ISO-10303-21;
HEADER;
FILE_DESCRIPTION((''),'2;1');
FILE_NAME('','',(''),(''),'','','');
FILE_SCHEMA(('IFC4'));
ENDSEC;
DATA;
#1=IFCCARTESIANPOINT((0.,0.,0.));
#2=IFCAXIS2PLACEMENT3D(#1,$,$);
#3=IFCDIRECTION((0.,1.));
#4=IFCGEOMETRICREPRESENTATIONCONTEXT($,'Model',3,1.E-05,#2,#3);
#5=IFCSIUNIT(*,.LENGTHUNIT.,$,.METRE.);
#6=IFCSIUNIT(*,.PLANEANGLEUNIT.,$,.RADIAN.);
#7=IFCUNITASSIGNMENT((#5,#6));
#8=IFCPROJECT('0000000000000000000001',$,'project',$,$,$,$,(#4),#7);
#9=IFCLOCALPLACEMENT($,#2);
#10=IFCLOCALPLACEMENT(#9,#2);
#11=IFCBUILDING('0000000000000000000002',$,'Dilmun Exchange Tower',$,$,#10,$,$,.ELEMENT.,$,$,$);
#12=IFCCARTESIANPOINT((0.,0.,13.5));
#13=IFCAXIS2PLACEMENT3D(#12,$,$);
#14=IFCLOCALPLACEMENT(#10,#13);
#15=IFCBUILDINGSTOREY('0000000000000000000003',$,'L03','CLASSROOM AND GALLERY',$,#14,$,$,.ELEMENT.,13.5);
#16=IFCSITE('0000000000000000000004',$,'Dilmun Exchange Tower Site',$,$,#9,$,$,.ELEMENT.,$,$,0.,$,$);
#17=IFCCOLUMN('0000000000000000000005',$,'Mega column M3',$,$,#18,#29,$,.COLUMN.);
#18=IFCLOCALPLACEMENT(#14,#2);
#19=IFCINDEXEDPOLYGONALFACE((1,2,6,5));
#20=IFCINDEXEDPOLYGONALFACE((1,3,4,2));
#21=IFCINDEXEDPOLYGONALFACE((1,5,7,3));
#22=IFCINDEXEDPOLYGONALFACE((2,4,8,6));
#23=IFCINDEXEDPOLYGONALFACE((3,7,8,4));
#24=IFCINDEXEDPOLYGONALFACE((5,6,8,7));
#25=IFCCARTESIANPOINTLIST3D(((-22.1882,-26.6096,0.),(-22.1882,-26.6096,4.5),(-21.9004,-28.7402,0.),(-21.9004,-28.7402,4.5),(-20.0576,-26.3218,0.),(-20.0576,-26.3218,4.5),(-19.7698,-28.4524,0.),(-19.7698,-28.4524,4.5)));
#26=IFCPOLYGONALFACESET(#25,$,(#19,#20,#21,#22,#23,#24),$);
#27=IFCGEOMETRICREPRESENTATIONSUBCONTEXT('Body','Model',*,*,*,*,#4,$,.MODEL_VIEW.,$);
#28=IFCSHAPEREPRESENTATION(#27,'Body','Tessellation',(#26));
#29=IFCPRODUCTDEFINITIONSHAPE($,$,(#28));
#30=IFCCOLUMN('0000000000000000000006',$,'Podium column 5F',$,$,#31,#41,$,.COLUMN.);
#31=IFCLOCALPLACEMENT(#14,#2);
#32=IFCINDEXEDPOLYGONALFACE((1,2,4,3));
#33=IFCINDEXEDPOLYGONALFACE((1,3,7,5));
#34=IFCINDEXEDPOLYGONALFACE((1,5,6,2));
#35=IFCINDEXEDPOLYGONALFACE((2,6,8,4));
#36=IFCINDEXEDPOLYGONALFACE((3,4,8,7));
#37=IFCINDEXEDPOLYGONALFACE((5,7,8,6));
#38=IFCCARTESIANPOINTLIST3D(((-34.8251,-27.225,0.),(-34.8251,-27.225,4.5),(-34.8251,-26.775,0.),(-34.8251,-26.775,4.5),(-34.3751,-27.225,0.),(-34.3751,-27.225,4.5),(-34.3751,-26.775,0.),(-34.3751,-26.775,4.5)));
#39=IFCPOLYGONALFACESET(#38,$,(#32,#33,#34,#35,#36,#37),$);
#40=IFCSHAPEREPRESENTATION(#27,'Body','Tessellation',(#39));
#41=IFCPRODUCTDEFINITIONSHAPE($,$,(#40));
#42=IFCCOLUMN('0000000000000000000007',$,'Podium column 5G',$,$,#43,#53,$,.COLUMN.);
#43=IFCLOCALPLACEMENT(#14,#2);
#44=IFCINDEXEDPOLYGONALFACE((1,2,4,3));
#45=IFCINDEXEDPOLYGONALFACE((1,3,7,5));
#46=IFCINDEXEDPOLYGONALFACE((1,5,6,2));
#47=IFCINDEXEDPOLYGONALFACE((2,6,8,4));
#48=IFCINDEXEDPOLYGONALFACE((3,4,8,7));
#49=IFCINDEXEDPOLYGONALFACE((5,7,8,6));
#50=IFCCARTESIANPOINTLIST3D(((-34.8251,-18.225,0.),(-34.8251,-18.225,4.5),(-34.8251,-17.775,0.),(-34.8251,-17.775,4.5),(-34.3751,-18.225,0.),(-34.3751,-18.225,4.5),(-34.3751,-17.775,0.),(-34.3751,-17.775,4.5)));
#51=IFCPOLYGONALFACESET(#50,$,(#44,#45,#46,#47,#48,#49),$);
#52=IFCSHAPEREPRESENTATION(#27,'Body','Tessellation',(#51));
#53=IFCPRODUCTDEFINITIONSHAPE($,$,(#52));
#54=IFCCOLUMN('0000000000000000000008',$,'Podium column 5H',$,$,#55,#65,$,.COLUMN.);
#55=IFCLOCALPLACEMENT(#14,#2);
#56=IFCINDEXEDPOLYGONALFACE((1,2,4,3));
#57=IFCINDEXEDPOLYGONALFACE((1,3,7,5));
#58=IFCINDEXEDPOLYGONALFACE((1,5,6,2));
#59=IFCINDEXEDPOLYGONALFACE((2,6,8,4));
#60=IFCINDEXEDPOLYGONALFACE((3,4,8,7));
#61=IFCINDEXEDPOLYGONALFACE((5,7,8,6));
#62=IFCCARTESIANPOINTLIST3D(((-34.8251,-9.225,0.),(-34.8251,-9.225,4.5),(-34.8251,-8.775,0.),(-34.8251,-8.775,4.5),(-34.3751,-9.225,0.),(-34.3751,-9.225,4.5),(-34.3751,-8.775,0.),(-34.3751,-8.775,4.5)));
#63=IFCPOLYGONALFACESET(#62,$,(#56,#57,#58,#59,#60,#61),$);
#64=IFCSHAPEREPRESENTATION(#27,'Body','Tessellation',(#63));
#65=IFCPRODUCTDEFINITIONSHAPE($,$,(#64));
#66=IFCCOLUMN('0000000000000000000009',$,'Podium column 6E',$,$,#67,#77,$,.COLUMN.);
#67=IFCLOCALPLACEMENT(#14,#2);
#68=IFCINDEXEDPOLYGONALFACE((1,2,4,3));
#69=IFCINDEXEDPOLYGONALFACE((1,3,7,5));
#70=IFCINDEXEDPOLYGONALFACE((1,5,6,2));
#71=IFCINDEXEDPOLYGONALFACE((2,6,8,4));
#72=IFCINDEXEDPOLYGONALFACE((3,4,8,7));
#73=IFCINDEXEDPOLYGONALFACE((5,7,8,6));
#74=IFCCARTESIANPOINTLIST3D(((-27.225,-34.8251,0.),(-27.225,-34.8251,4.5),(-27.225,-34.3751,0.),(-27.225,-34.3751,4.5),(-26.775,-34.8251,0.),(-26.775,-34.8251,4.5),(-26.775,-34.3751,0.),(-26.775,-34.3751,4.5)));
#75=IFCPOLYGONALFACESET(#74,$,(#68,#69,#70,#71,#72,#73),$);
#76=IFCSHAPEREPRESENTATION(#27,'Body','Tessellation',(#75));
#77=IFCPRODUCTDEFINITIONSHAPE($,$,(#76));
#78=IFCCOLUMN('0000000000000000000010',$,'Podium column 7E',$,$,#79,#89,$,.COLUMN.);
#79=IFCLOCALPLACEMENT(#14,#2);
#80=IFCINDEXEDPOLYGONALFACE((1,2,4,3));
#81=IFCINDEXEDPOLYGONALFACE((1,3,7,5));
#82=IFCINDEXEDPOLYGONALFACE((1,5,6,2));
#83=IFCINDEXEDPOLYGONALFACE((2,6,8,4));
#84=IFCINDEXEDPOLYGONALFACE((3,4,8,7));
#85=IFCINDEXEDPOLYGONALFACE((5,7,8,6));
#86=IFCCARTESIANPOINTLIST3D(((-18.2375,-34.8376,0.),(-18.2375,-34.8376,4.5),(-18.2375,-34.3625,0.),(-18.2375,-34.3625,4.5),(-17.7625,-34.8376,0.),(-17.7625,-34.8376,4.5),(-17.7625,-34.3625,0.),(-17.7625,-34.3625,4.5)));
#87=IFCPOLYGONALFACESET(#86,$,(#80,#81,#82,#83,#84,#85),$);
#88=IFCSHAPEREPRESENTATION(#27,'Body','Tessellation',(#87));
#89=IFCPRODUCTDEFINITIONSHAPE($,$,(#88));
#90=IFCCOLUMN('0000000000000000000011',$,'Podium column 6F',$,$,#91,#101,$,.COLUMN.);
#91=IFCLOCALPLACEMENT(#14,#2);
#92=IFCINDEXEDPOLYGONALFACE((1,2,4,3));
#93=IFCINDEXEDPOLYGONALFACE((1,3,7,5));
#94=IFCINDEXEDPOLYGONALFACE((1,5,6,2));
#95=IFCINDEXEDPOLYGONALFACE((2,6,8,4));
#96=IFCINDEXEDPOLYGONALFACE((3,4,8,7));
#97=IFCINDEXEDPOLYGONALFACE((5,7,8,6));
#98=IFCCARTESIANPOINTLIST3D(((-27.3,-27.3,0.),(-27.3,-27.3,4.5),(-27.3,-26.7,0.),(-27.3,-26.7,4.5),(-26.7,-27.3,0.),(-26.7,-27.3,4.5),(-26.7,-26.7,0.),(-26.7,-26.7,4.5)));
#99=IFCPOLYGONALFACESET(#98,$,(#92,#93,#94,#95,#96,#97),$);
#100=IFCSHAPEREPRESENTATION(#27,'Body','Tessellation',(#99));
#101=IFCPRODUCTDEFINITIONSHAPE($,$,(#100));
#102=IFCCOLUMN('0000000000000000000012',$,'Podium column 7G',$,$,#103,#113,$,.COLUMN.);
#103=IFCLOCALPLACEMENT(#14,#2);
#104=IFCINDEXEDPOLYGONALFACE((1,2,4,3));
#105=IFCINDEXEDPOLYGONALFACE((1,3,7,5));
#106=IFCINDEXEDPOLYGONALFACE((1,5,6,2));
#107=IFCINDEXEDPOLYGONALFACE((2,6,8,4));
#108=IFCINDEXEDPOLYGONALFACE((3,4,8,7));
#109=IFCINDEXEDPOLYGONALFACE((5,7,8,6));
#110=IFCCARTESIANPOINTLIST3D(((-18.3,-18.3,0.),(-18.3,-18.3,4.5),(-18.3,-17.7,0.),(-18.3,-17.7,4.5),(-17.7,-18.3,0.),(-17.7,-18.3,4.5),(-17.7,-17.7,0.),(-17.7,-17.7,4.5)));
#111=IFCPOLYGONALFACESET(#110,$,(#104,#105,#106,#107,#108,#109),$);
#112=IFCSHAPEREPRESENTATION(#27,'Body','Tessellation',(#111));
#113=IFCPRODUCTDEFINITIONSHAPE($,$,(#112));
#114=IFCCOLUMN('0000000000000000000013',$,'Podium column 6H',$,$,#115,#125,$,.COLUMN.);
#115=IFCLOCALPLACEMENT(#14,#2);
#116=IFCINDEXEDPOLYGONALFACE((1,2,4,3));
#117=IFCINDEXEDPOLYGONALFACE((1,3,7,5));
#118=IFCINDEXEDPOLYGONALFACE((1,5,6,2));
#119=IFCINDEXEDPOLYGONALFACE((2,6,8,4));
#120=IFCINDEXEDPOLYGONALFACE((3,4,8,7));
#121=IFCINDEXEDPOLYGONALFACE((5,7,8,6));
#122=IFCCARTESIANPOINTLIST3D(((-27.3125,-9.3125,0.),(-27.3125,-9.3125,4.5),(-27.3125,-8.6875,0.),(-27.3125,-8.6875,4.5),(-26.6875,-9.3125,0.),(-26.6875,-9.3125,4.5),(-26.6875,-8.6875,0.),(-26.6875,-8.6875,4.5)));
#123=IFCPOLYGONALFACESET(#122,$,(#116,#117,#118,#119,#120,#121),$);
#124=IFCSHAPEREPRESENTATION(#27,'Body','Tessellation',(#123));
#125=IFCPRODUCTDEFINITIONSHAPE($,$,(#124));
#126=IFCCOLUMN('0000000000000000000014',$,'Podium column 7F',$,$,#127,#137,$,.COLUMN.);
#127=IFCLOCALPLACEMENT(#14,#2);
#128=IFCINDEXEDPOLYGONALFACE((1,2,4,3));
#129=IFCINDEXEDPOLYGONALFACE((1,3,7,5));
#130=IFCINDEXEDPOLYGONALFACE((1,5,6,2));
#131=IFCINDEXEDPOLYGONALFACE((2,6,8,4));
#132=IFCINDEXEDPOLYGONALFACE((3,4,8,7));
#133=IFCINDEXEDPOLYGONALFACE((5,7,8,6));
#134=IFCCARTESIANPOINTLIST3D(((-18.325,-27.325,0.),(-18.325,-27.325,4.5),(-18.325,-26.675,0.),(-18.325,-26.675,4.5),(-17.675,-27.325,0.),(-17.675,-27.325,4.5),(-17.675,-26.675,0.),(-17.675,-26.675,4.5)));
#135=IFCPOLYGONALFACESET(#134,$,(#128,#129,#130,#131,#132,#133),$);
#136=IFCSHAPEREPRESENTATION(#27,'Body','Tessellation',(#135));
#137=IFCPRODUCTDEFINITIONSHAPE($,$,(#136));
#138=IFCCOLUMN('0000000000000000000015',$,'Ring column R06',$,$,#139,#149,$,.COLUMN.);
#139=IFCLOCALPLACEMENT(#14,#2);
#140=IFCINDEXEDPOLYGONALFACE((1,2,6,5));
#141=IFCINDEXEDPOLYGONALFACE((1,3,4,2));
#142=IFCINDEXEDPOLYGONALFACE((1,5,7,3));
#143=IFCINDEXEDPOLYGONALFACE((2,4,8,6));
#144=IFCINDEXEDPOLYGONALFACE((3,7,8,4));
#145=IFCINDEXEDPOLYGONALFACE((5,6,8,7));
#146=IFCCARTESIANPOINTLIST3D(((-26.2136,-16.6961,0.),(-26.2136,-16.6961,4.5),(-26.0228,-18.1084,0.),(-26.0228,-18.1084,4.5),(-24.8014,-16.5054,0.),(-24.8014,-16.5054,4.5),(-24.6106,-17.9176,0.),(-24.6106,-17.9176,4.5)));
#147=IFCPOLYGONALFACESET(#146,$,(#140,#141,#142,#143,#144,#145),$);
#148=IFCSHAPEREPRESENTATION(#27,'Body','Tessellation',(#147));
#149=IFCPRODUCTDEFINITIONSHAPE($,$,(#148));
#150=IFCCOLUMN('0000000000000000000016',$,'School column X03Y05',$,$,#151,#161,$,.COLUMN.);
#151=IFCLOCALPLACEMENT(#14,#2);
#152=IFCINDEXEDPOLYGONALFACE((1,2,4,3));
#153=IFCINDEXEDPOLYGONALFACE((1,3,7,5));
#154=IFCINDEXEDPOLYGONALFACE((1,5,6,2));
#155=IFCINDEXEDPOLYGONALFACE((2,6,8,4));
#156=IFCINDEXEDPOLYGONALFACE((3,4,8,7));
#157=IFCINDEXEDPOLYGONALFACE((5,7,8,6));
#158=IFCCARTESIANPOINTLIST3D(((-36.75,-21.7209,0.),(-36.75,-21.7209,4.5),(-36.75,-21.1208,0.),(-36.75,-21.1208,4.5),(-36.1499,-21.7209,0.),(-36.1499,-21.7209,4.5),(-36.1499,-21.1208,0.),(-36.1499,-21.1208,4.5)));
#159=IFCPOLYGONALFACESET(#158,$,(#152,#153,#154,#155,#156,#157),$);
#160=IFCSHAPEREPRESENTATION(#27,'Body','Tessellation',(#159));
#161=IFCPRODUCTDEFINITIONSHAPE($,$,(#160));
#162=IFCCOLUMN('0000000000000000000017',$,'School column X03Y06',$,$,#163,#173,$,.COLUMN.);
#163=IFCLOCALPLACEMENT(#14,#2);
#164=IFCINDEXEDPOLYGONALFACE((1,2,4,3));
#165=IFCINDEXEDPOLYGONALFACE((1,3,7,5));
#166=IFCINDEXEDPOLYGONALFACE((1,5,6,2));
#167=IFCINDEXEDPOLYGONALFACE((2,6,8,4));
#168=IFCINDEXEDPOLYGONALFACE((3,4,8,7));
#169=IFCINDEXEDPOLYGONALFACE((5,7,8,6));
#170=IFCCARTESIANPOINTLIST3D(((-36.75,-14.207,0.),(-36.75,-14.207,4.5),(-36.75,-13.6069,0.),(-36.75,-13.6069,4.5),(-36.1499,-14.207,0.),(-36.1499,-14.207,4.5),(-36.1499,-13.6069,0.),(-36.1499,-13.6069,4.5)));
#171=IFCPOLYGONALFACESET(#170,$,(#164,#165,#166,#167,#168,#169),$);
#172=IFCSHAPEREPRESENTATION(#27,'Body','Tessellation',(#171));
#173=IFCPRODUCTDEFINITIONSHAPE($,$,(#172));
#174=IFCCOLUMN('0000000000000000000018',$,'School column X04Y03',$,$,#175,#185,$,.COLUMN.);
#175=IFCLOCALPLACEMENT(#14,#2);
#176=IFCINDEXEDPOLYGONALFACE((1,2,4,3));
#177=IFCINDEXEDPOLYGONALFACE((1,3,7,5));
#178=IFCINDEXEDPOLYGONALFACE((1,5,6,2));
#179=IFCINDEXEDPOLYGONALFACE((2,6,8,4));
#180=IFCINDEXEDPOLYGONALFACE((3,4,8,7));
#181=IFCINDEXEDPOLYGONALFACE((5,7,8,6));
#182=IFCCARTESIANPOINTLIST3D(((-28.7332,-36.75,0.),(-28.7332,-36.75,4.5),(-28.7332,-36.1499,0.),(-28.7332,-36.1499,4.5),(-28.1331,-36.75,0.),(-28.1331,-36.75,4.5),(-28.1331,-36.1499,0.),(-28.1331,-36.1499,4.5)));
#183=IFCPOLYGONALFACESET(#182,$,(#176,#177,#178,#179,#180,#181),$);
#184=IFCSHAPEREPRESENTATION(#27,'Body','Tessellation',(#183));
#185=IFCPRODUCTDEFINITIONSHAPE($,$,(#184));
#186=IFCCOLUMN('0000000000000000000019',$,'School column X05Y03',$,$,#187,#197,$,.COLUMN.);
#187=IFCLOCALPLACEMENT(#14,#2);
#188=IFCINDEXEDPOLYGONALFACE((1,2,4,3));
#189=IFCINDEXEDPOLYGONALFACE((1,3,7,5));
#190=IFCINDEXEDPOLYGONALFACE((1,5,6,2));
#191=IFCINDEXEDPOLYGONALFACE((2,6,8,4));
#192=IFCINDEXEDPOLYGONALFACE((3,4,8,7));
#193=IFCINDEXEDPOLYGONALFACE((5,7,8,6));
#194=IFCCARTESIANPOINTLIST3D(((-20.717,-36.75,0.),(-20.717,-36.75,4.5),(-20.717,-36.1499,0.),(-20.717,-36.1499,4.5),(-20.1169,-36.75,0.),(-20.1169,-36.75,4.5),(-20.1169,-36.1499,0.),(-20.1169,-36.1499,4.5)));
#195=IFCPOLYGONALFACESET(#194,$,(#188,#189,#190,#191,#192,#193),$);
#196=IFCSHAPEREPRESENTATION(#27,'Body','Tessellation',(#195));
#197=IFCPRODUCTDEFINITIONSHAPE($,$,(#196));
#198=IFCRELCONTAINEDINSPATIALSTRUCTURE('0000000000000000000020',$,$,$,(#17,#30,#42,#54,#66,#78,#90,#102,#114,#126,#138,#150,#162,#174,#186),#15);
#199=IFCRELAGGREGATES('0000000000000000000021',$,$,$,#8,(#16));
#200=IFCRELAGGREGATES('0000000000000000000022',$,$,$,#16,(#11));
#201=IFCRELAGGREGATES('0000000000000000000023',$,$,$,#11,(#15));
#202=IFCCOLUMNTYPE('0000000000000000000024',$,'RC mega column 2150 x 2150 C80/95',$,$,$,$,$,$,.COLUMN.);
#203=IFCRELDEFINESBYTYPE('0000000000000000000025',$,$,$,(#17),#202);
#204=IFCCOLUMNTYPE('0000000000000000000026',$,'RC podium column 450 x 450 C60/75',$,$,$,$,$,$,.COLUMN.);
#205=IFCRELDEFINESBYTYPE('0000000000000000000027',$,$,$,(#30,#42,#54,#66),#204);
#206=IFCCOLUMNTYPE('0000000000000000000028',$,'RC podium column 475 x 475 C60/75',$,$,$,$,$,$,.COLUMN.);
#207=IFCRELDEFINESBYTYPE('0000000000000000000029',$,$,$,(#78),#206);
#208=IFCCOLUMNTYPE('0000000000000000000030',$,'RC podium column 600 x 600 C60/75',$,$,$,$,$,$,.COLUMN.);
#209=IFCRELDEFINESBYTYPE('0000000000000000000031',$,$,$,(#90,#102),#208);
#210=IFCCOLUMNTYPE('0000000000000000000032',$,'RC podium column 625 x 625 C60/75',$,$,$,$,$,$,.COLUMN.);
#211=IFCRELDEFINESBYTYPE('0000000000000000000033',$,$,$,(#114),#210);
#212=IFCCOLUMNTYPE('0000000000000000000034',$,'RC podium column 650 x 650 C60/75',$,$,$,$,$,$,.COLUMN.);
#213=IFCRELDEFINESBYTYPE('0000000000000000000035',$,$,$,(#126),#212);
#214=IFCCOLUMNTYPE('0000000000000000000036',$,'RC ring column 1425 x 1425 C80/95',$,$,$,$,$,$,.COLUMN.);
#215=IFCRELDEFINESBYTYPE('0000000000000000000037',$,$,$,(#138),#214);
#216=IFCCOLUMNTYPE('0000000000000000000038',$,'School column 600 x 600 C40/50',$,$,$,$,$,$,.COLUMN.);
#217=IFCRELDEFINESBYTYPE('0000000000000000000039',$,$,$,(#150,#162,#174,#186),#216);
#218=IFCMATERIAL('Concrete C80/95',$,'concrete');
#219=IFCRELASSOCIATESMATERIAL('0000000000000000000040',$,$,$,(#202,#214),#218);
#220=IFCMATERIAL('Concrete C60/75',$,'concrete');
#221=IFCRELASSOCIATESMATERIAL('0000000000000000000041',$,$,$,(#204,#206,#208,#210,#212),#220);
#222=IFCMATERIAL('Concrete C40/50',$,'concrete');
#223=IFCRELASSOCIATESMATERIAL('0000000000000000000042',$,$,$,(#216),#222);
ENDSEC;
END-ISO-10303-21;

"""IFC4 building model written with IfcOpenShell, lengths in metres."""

from ifc_helpers import new_model, si_unit, direction, frame, origin, origin_2d, place, context, subcontext, project, spatial, rectangle, extrude, material, material_profile, profile_set, type_object, element, save


model = new_model("IFC4")

# Units and contexts
model_context = context("Model", 3, precision=1e-05, world=origin(), true_north=direction((0.0, 1.0)))
body_context = subcontext(model_context, "Body", "Model", "MODEL_VIEW")
ifc_project = project(units=[si_unit("LENGTHUNIT", "METRE"), si_unit("PLANEANGLEUNIT", "RADIAN")], contexts=[model_context])

# Site, building, storey
site_placement = place(None, origin())
site = spatial("IfcSite", under=ifc_project, at=site_placement, Name="Dilmun Exchange Tower Site", CompositionType="ELEMENT", RefElevation=0.0)
building_placement = place(site_placement, origin())
building = spatial("IfcBuilding", under=site, at=building_placement, Name="Dilmun Exchange Tower", CompositionType="ELEMENT")
storey_placement = place(building_placement, frame((0.0, 0.0, 13.5)))
storey = spatial("IfcBuildingStorey", under=building, at=storey_placement, Name="L03", Description="CLASSROOM AND GALLERY", CompositionType="ELEMENT", Elevation=13.5)

# Columns
ifc_material_1 = material(Name="Concrete C80/95", Category="concrete")
ifc_material_profile_1 = material_profile(ifc_material_1, rectangle(XDim=2.1499, YDim=2.1499, at=origin_2d()), Name="2150 x 2150")
ifc_profile_set_1 = profile_set([ifc_material_profile_1], Name="Concrete C80/95")
column_type_1 = type_object("IfcColumnType", Name="RC mega column 2150 x 2150 C80/95", PredefinedType="COLUMN", material=ifc_profile_set_1)
column_1_placement = place(storey_placement, frame((-20.979, -27.531, 0.0), z_axis=(0.0, 0.0, 1.0), x_axis=(0.991001, 0.133853, 0.0)))
element("IfcColumn", 1, at=column_1_placement, inside=storey, type_object=column_type_1, Name="Mega column M3", PredefinedType="COLUMN", context=body_context, shape_type="SweptSolid", body=[
    extrude(rectangle(XDim=2.1499, YDim=2.1499, at=origin_2d()), origin(), (0.0, 0.0, 1.0), 4.5),
])
ifc_material_2 = material(Name="Concrete C60/75", Category="concrete")
ifc_material_profile_2 = material_profile(ifc_material_2, rectangle(XDim=0.45, YDim=0.45, at=origin_2d()), Name="450 x 450")
ifc_profile_set_2 = profile_set([ifc_material_profile_2], Name="Concrete C60/75")
column_type_2 = type_object("IfcColumnType", Name="RC podium column 450 x 450 C60/75", PredefinedType="COLUMN", material=ifc_profile_set_2)
for number, where, z_axis, x_axis, name in (
    (2, (-34.6001, -27.0, 0.0), (0.0, 0.0, 1.0), (1.0, 0.0, 0.0), "Podium column 5F"),
    (3, (-34.6001, -18.0, 0.0), (0.0, 0.0, 1.0), (1.0, 0.0, 0.0), "Podium column 5G"),
    (4, (-34.6001, -9.0, 0.0), (0.0, 0.0, 1.0), (1.0, 0.0, 0.0), "Podium column 5H"),
    (5, (-27.0, -34.6001, 0.0), (0.0, 0.0, 1.0), (1.0, 0.0, 0.0), "Podium column 6E"),
):
    element("IfcColumn", number, at=place(storey_placement, frame(where, z_axis=z_axis, x_axis=x_axis)), inside=storey, type_object=column_type_2, Name=name, PredefinedType="COLUMN", context=body_context, shape_type="SweptSolid", body=[
        extrude(rectangle(XDim=0.45, YDim=0.45, at=origin_2d()), origin(), (0.0, 0.0, 1.0), 4.5),
    ])
ifc_material_profile_3 = material_profile(ifc_material_2, rectangle(XDim=0.4751, YDim=0.4751, at=origin_2d()), Name="475 x 475")
ifc_profile_set_3 = profile_set([ifc_material_profile_3], Name="Concrete C60/75")
column_type_3 = type_object("IfcColumnType", Name="RC podium column 475 x 475 C60/75", PredefinedType="COLUMN", material=ifc_profile_set_3)
column_2_placement = place(storey_placement, frame((-18.0, -34.6001, 0.0), z_axis=(0.0, 0.0, 1.0), x_axis=(1.0, 0.0, 0.0)))
element("IfcColumn", 6, at=column_2_placement, inside=storey, type_object=column_type_3, Name="Podium column 7E", PredefinedType="COLUMN", context=body_context, shape_type="SweptSolid", body=[
    extrude(rectangle(XDim=0.4751, YDim=0.4751, at=origin_2d()), origin(), (0.0, 0.0, 1.0), 4.5),
])
ifc_material_profile_4 = material_profile(ifc_material_2, rectangle(XDim=0.6001, YDim=0.6001, at=origin_2d()), Name="600 x 600")
ifc_profile_set_4 = profile_set([ifc_material_profile_4], Name="Concrete C60/75")
column_type_4 = type_object("IfcColumnType", Name="RC podium column 600 x 600 C60/75", PredefinedType="COLUMN", material=ifc_profile_set_4)
for number, where, z_axis, x_axis, name in (
    (7, (-27.0, -27.0, 0.0), (0.0, 0.0, 1.0), (1.0, 0.0, 0.0), "Podium column 6F"),
    (8, (-18.0, -18.0, 0.0), (0.0, 0.0, 1.0), (1.0, 0.0, 0.0), "Podium column 7G"),
):
    element("IfcColumn", number, at=place(storey_placement, frame(where, z_axis=z_axis, x_axis=x_axis)), inside=storey, type_object=column_type_4, Name=name, PredefinedType="COLUMN", context=body_context, shape_type="SweptSolid", body=[
        extrude(rectangle(XDim=0.6001, YDim=0.6001, at=origin_2d()), origin(), (0.0, 0.0, 1.0), 4.5),
    ])
ifc_material_profile_5 = material_profile(ifc_material_2, rectangle(XDim=0.625, YDim=0.625, at=origin_2d()), Name="625 x 625")
ifc_profile_set_5 = profile_set([ifc_material_profile_5], Name="Concrete C60/75")
column_type_5 = type_object("IfcColumnType", Name="RC podium column 625 x 625 C60/75", PredefinedType="COLUMN", material=ifc_profile_set_5)
column_3_placement = place(storey_placement, frame((-27.0, -9.0, 0.0), z_axis=(0.0, 0.0, 1.0), x_axis=(1.0, 0.0, 0.0)))
element("IfcColumn", 9, at=column_3_placement, inside=storey, type_object=column_type_5, Name="Podium column 6H", PredefinedType="COLUMN", context=body_context, shape_type="SweptSolid", body=[
    extrude(rectangle(XDim=0.625, YDim=0.625, at=origin_2d()), origin(), (0.0, 0.0, 1.0), 4.5),
])
ifc_material_profile_6 = material_profile(ifc_material_2, rectangle(XDim=0.6499, YDim=0.6499, at=origin_2d()), Name="650 x 650")
ifc_profile_set_6 = profile_set([ifc_material_profile_6], Name="Concrete C60/75")
column_type_6 = type_object("IfcColumnType", Name="RC podium column 650 x 650 C60/75", PredefinedType="COLUMN", material=ifc_profile_set_6)
column_4_placement = place(storey_placement, frame((-18.0, -27.0, 0.0), z_axis=(0.0, 0.0, 1.0), x_axis=(1.0, 0.0, 0.0)))
element("IfcColumn", 10, at=column_4_placement, inside=storey, type_object=column_type_6, Name="Podium column 7F", PredefinedType="COLUMN", context=body_context, shape_type="SweptSolid", body=[
    extrude(rectangle(XDim=0.6499, YDim=0.6499, at=origin_2d()), origin(), (0.0, 0.0, 1.0), 4.5),
])
ifc_material_profile_7 = material_profile(ifc_material_1, rectangle(XDim=1.425, YDim=1.425, at=origin_2d()), Name="1425 x 1425")
ifc_profile_set_7 = profile_set([ifc_material_profile_7], Name="Concrete C80/95")
column_type_7 = type_object("IfcColumnType", Name="RC ring column 1425 x 1425 C80/95", PredefinedType="COLUMN", material=ifc_profile_set_7)
column_5_placement = place(storey_placement, frame((-25.4121, -17.3069, 0.0), z_axis=(0.0, 0.0, 1.0), x_axis=(0.991001, 0.133853, 0.0)))
element("IfcColumn", 11, at=column_5_placement, inside=storey, type_object=column_type_7, Name="Ring column R06", PredefinedType="COLUMN", context=body_context, shape_type="SweptSolid", body=[
    extrude(rectangle(XDim=1.425, YDim=1.425, at=origin_2d()), origin(), (0.0, 0.0, 1.0), 4.5),
])
ifc_material_3 = material(Name="Concrete C40/50", Category="concrete")
ifc_material_profile_8 = material_profile(ifc_material_3, rectangle(XDim=0.6001, YDim=0.6001, at=origin_2d()), Name="600 x 600")
ifc_profile_set_8 = profile_set([ifc_material_profile_8], Name="Concrete C40/50")
column_type_8 = type_object("IfcColumnType", Name="School column 600 x 600 C40/50", PredefinedType="COLUMN", material=ifc_profile_set_8)
for number, where, z_axis, x_axis, name in (
    (12, (-36.45, -21.4209, 0.0), (0.0, 0.0, 1.0), (1.0, 0.0, 0.0), "School column X03Y05"),
    (13, (-36.45, -13.907, 0.0), (0.0, 0.0, 1.0), (1.0, 0.0, 0.0), "School column X03Y06"),
    (14, (-28.4331, -36.45, 0.0), (0.0, 0.0, 1.0), (1.0, 0.0, 0.0), "School column X04Y03"),
    (15, (-20.417, -36.45, 0.0), (0.0, 0.0, 1.0), (1.0, 0.0, 0.0), "School column X05Y03"),
):
    element("IfcColumn", number, at=place(storey_placement, frame(where, z_axis=z_axis, x_axis=x_axis)), inside=storey, type_object=column_type_8, Name=name, PredefinedType="COLUMN", context=body_context, shape_type="SweptSolid", body=[
        extrude(rectangle(XDim=0.6001, YDim=0.6001, at=origin_2d()), origin(), (0.0, 0.0, 1.0), 4.5),
    ])

save(model, "model.ifc")
